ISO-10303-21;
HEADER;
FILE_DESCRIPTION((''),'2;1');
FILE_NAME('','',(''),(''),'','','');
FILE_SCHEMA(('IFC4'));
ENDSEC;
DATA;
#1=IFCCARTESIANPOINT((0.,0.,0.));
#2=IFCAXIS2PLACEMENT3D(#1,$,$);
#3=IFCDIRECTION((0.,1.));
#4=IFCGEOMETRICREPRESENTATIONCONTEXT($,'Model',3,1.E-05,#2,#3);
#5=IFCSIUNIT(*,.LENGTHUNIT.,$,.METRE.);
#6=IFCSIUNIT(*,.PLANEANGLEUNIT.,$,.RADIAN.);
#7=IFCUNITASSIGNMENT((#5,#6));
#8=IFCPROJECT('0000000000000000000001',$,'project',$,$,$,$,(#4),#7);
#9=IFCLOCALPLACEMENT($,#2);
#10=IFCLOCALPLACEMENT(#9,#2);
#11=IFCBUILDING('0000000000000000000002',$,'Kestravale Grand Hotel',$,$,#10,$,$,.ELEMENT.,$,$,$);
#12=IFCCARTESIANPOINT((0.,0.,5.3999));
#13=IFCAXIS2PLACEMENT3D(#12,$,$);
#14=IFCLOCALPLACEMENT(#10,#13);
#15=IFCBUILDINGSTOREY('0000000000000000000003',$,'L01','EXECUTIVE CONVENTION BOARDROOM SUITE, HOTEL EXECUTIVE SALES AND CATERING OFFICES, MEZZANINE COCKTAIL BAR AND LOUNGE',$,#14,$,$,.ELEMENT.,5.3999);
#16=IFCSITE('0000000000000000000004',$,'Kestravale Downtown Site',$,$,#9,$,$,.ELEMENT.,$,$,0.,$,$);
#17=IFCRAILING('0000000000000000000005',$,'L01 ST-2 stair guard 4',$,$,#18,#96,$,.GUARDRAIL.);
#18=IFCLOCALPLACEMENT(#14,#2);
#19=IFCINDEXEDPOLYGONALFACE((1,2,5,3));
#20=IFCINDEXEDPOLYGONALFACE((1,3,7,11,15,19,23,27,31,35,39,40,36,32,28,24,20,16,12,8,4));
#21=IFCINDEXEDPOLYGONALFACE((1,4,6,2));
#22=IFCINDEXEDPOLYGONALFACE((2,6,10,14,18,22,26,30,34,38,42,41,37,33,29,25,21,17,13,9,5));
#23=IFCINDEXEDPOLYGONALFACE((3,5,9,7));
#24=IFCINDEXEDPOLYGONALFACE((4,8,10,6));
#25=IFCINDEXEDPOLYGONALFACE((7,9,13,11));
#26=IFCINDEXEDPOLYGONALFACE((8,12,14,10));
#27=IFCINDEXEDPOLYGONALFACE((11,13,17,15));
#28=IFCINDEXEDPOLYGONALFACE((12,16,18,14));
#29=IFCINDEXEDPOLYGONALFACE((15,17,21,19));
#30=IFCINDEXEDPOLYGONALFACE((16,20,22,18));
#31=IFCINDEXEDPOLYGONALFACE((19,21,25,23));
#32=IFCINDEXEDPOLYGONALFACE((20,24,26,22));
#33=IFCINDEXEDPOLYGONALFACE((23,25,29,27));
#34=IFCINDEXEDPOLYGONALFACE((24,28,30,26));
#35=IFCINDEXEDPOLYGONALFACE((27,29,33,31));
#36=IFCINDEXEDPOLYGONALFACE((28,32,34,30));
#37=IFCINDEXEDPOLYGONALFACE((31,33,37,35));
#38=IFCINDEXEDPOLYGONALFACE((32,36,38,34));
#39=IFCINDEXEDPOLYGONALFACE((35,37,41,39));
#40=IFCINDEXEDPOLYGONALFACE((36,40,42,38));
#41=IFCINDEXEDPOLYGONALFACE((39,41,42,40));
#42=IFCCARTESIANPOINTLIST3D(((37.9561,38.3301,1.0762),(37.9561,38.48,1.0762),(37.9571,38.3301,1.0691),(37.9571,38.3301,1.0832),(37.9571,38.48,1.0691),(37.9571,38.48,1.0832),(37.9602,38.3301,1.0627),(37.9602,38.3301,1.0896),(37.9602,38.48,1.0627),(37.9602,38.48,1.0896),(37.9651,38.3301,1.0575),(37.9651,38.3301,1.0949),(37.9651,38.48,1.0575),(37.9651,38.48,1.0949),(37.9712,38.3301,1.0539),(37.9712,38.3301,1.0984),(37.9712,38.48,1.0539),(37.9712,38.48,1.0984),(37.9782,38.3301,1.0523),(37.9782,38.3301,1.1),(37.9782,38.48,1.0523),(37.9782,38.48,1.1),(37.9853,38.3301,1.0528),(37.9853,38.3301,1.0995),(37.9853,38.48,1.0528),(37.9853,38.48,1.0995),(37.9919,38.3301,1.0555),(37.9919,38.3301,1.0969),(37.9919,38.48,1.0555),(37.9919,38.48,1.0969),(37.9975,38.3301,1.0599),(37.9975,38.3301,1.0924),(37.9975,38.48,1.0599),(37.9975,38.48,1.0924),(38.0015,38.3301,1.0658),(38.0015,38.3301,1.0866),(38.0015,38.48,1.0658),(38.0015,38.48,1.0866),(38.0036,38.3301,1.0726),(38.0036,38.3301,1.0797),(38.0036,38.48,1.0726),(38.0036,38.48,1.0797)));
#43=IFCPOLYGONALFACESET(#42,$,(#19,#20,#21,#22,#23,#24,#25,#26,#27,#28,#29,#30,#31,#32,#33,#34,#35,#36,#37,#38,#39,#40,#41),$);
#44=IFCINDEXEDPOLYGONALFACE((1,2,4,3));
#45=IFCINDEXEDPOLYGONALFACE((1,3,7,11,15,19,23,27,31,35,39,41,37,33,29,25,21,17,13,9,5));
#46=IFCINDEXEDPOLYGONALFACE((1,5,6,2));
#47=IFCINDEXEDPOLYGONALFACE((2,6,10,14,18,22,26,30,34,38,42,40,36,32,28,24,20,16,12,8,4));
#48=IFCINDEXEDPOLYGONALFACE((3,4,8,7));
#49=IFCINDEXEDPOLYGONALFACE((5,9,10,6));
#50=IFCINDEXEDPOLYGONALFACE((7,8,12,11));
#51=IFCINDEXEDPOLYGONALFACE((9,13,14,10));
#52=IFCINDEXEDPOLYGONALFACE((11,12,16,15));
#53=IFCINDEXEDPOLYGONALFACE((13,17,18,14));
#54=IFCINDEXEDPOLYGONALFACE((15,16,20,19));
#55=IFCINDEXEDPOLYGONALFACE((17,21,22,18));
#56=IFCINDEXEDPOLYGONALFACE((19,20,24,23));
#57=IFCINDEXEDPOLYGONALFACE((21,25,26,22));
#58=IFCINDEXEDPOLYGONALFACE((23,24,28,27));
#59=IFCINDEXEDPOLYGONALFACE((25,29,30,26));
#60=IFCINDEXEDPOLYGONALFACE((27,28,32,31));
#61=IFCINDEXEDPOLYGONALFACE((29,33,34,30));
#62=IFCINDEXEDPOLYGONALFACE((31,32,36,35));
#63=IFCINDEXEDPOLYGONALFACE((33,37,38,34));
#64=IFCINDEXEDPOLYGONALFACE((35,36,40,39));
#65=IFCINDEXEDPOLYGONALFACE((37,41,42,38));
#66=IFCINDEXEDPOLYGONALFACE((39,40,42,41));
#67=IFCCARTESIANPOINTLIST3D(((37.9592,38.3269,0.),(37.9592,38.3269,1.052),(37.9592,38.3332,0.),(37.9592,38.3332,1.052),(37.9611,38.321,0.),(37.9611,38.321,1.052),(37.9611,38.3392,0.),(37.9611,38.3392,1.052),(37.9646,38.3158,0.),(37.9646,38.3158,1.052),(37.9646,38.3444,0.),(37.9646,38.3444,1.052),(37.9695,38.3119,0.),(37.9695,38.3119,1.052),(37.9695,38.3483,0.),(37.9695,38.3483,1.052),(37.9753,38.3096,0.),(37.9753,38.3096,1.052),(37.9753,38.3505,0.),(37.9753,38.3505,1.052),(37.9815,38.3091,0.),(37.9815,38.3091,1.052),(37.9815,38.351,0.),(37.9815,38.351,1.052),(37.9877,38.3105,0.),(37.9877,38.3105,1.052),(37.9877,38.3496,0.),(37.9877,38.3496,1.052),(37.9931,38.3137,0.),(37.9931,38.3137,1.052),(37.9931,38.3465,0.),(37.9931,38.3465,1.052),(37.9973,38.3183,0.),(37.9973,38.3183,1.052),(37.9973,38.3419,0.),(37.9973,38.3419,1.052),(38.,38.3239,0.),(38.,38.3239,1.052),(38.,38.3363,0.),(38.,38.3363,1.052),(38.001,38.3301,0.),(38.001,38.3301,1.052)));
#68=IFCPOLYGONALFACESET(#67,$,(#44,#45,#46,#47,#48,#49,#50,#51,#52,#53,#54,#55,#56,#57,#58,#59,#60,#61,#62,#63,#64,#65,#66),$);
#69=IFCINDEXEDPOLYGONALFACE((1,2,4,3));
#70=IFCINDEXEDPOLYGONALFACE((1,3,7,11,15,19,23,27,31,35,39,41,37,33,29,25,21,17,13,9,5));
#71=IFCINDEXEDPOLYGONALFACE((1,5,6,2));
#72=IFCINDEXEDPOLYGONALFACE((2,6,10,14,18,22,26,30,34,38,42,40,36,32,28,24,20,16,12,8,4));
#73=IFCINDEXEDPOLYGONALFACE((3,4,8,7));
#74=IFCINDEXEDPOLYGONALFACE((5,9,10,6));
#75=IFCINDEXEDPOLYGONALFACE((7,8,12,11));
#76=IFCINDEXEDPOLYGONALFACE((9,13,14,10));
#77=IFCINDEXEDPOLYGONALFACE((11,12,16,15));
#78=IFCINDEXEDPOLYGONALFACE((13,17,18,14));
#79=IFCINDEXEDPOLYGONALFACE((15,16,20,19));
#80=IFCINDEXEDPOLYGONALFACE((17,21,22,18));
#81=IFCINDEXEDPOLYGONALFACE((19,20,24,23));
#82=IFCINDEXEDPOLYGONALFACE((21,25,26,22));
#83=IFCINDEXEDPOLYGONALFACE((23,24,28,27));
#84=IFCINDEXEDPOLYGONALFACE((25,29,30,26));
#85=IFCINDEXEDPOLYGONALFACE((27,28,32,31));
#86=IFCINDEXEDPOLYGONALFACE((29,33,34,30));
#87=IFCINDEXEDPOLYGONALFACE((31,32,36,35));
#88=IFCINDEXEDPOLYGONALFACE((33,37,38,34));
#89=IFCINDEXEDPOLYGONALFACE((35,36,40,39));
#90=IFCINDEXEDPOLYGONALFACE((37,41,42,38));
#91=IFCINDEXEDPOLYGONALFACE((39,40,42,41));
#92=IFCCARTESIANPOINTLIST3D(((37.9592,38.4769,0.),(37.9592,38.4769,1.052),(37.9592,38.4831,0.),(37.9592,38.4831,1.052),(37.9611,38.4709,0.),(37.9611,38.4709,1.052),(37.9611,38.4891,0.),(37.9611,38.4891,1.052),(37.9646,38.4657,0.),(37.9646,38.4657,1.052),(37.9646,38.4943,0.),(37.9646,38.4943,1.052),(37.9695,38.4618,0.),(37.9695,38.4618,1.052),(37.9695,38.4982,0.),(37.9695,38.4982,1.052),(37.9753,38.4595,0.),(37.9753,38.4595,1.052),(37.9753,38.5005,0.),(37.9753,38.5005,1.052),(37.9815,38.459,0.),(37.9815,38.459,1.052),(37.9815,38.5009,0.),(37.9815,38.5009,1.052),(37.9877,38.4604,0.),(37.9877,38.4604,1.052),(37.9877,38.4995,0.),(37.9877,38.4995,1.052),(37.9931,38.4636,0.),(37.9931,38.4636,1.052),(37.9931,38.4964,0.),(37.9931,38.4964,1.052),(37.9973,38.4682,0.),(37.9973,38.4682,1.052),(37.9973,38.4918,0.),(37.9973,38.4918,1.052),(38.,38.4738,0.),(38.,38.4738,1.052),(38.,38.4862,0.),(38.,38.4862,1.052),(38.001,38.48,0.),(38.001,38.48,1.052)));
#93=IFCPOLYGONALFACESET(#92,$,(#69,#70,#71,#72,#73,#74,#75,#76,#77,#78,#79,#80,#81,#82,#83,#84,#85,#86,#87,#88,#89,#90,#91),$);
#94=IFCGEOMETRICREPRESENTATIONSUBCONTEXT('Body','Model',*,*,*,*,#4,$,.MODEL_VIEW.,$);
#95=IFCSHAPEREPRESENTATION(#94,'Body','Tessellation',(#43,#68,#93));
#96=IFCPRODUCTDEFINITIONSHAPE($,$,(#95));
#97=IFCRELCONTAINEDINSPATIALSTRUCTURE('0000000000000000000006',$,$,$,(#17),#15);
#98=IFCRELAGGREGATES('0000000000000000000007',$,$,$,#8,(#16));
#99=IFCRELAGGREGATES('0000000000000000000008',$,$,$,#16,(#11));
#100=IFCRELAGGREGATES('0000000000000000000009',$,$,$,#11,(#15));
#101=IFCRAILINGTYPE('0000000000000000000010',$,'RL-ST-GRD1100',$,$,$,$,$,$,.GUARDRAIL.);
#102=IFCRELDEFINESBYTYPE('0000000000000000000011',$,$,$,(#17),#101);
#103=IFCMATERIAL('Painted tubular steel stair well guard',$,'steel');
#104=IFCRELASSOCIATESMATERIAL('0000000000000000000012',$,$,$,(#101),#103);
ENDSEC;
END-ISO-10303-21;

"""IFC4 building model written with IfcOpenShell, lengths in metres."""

from ifc_helpers import new_model, si_unit, direction, frame, origin, origin_2d, place, context, subcontext, project, spatial, circle, extrude, material, type_object, element, save


model = new_model("IFC4")

# Units and contexts
model_context = context("Model", 3, precision=1e-05, world=origin(), true_north=direction((0.0, 1.0)))
body_context = subcontext(model_context, "Body", "Model", "MODEL_VIEW")
ifc_project = project(units=[si_unit("LENGTHUNIT", "METRE"), si_unit("PLANEANGLEUNIT", "RADIAN")], contexts=[model_context])

# Site, building, storey
site_placement = place(None, origin())
site = spatial("IfcSite", under=ifc_project, at=site_placement, Name="Kestravale Downtown Site", CompositionType="ELEMENT", RefElevation=0.0)
building_placement = place(site_placement, origin())
building = spatial("IfcBuilding", under=site, at=building_placement, Name="Kestravale Grand Hotel", CompositionType="ELEMENT")
storey_placement = place(building_placement, frame((0.0, 0.0, 5.3999)))
storey = spatial("IfcBuildingStorey", under=building, at=storey_placement, Name="L01", Description="EXECUTIVE CONVENTION BOARDROOM SUITE, HOTEL EXECUTIVE SALES AND CATERING OFFICES, MEZZANINE COCKTAIL BAR AND LOUNGE", CompositionType="ELEMENT", Elevation=5.3999)

# Railing
ifc_material_1 = material(Name="Painted tubular steel stair well guard", Category="steel")
railing_type_1 = type_object("IfcRailingType", Name="RL-ST-GRD1100", PredefinedType="GUARDRAIL", material=ifc_material_1)
railing_1_placement = place(storey_placement, frame((37.98, 38.3301, 0.0)))
element("IfcRailing", 1, at=railing_1_placement, inside=storey, type_object=railing_type_1, Name="L01 ST-2 stair guard 4", PredefinedType="GUARDRAIL", context=body_context, shape_type="SweptSolid", body=[
    extrude(circle(Radius=0.0239, at=origin_2d()), frame((0.0, 0.0, 1.0762), z_axis=(0.0, 1.0, 0.0), x_axis=(-1.0, 0.0, 0.0)), (0.0, 0.0, 1.0), 0.1499),
    extrude(circle(Radius=0.021, at=origin_2d()), origin(), (0.0, 0.0, 1.0), 1.052),
    extrude(circle(Radius=0.021, at=origin_2d()), frame((0.0, 0.1499, 0.0)), (0.0, 0.0, 1.0), 1.052),
])

save(model, "model.ifc")
